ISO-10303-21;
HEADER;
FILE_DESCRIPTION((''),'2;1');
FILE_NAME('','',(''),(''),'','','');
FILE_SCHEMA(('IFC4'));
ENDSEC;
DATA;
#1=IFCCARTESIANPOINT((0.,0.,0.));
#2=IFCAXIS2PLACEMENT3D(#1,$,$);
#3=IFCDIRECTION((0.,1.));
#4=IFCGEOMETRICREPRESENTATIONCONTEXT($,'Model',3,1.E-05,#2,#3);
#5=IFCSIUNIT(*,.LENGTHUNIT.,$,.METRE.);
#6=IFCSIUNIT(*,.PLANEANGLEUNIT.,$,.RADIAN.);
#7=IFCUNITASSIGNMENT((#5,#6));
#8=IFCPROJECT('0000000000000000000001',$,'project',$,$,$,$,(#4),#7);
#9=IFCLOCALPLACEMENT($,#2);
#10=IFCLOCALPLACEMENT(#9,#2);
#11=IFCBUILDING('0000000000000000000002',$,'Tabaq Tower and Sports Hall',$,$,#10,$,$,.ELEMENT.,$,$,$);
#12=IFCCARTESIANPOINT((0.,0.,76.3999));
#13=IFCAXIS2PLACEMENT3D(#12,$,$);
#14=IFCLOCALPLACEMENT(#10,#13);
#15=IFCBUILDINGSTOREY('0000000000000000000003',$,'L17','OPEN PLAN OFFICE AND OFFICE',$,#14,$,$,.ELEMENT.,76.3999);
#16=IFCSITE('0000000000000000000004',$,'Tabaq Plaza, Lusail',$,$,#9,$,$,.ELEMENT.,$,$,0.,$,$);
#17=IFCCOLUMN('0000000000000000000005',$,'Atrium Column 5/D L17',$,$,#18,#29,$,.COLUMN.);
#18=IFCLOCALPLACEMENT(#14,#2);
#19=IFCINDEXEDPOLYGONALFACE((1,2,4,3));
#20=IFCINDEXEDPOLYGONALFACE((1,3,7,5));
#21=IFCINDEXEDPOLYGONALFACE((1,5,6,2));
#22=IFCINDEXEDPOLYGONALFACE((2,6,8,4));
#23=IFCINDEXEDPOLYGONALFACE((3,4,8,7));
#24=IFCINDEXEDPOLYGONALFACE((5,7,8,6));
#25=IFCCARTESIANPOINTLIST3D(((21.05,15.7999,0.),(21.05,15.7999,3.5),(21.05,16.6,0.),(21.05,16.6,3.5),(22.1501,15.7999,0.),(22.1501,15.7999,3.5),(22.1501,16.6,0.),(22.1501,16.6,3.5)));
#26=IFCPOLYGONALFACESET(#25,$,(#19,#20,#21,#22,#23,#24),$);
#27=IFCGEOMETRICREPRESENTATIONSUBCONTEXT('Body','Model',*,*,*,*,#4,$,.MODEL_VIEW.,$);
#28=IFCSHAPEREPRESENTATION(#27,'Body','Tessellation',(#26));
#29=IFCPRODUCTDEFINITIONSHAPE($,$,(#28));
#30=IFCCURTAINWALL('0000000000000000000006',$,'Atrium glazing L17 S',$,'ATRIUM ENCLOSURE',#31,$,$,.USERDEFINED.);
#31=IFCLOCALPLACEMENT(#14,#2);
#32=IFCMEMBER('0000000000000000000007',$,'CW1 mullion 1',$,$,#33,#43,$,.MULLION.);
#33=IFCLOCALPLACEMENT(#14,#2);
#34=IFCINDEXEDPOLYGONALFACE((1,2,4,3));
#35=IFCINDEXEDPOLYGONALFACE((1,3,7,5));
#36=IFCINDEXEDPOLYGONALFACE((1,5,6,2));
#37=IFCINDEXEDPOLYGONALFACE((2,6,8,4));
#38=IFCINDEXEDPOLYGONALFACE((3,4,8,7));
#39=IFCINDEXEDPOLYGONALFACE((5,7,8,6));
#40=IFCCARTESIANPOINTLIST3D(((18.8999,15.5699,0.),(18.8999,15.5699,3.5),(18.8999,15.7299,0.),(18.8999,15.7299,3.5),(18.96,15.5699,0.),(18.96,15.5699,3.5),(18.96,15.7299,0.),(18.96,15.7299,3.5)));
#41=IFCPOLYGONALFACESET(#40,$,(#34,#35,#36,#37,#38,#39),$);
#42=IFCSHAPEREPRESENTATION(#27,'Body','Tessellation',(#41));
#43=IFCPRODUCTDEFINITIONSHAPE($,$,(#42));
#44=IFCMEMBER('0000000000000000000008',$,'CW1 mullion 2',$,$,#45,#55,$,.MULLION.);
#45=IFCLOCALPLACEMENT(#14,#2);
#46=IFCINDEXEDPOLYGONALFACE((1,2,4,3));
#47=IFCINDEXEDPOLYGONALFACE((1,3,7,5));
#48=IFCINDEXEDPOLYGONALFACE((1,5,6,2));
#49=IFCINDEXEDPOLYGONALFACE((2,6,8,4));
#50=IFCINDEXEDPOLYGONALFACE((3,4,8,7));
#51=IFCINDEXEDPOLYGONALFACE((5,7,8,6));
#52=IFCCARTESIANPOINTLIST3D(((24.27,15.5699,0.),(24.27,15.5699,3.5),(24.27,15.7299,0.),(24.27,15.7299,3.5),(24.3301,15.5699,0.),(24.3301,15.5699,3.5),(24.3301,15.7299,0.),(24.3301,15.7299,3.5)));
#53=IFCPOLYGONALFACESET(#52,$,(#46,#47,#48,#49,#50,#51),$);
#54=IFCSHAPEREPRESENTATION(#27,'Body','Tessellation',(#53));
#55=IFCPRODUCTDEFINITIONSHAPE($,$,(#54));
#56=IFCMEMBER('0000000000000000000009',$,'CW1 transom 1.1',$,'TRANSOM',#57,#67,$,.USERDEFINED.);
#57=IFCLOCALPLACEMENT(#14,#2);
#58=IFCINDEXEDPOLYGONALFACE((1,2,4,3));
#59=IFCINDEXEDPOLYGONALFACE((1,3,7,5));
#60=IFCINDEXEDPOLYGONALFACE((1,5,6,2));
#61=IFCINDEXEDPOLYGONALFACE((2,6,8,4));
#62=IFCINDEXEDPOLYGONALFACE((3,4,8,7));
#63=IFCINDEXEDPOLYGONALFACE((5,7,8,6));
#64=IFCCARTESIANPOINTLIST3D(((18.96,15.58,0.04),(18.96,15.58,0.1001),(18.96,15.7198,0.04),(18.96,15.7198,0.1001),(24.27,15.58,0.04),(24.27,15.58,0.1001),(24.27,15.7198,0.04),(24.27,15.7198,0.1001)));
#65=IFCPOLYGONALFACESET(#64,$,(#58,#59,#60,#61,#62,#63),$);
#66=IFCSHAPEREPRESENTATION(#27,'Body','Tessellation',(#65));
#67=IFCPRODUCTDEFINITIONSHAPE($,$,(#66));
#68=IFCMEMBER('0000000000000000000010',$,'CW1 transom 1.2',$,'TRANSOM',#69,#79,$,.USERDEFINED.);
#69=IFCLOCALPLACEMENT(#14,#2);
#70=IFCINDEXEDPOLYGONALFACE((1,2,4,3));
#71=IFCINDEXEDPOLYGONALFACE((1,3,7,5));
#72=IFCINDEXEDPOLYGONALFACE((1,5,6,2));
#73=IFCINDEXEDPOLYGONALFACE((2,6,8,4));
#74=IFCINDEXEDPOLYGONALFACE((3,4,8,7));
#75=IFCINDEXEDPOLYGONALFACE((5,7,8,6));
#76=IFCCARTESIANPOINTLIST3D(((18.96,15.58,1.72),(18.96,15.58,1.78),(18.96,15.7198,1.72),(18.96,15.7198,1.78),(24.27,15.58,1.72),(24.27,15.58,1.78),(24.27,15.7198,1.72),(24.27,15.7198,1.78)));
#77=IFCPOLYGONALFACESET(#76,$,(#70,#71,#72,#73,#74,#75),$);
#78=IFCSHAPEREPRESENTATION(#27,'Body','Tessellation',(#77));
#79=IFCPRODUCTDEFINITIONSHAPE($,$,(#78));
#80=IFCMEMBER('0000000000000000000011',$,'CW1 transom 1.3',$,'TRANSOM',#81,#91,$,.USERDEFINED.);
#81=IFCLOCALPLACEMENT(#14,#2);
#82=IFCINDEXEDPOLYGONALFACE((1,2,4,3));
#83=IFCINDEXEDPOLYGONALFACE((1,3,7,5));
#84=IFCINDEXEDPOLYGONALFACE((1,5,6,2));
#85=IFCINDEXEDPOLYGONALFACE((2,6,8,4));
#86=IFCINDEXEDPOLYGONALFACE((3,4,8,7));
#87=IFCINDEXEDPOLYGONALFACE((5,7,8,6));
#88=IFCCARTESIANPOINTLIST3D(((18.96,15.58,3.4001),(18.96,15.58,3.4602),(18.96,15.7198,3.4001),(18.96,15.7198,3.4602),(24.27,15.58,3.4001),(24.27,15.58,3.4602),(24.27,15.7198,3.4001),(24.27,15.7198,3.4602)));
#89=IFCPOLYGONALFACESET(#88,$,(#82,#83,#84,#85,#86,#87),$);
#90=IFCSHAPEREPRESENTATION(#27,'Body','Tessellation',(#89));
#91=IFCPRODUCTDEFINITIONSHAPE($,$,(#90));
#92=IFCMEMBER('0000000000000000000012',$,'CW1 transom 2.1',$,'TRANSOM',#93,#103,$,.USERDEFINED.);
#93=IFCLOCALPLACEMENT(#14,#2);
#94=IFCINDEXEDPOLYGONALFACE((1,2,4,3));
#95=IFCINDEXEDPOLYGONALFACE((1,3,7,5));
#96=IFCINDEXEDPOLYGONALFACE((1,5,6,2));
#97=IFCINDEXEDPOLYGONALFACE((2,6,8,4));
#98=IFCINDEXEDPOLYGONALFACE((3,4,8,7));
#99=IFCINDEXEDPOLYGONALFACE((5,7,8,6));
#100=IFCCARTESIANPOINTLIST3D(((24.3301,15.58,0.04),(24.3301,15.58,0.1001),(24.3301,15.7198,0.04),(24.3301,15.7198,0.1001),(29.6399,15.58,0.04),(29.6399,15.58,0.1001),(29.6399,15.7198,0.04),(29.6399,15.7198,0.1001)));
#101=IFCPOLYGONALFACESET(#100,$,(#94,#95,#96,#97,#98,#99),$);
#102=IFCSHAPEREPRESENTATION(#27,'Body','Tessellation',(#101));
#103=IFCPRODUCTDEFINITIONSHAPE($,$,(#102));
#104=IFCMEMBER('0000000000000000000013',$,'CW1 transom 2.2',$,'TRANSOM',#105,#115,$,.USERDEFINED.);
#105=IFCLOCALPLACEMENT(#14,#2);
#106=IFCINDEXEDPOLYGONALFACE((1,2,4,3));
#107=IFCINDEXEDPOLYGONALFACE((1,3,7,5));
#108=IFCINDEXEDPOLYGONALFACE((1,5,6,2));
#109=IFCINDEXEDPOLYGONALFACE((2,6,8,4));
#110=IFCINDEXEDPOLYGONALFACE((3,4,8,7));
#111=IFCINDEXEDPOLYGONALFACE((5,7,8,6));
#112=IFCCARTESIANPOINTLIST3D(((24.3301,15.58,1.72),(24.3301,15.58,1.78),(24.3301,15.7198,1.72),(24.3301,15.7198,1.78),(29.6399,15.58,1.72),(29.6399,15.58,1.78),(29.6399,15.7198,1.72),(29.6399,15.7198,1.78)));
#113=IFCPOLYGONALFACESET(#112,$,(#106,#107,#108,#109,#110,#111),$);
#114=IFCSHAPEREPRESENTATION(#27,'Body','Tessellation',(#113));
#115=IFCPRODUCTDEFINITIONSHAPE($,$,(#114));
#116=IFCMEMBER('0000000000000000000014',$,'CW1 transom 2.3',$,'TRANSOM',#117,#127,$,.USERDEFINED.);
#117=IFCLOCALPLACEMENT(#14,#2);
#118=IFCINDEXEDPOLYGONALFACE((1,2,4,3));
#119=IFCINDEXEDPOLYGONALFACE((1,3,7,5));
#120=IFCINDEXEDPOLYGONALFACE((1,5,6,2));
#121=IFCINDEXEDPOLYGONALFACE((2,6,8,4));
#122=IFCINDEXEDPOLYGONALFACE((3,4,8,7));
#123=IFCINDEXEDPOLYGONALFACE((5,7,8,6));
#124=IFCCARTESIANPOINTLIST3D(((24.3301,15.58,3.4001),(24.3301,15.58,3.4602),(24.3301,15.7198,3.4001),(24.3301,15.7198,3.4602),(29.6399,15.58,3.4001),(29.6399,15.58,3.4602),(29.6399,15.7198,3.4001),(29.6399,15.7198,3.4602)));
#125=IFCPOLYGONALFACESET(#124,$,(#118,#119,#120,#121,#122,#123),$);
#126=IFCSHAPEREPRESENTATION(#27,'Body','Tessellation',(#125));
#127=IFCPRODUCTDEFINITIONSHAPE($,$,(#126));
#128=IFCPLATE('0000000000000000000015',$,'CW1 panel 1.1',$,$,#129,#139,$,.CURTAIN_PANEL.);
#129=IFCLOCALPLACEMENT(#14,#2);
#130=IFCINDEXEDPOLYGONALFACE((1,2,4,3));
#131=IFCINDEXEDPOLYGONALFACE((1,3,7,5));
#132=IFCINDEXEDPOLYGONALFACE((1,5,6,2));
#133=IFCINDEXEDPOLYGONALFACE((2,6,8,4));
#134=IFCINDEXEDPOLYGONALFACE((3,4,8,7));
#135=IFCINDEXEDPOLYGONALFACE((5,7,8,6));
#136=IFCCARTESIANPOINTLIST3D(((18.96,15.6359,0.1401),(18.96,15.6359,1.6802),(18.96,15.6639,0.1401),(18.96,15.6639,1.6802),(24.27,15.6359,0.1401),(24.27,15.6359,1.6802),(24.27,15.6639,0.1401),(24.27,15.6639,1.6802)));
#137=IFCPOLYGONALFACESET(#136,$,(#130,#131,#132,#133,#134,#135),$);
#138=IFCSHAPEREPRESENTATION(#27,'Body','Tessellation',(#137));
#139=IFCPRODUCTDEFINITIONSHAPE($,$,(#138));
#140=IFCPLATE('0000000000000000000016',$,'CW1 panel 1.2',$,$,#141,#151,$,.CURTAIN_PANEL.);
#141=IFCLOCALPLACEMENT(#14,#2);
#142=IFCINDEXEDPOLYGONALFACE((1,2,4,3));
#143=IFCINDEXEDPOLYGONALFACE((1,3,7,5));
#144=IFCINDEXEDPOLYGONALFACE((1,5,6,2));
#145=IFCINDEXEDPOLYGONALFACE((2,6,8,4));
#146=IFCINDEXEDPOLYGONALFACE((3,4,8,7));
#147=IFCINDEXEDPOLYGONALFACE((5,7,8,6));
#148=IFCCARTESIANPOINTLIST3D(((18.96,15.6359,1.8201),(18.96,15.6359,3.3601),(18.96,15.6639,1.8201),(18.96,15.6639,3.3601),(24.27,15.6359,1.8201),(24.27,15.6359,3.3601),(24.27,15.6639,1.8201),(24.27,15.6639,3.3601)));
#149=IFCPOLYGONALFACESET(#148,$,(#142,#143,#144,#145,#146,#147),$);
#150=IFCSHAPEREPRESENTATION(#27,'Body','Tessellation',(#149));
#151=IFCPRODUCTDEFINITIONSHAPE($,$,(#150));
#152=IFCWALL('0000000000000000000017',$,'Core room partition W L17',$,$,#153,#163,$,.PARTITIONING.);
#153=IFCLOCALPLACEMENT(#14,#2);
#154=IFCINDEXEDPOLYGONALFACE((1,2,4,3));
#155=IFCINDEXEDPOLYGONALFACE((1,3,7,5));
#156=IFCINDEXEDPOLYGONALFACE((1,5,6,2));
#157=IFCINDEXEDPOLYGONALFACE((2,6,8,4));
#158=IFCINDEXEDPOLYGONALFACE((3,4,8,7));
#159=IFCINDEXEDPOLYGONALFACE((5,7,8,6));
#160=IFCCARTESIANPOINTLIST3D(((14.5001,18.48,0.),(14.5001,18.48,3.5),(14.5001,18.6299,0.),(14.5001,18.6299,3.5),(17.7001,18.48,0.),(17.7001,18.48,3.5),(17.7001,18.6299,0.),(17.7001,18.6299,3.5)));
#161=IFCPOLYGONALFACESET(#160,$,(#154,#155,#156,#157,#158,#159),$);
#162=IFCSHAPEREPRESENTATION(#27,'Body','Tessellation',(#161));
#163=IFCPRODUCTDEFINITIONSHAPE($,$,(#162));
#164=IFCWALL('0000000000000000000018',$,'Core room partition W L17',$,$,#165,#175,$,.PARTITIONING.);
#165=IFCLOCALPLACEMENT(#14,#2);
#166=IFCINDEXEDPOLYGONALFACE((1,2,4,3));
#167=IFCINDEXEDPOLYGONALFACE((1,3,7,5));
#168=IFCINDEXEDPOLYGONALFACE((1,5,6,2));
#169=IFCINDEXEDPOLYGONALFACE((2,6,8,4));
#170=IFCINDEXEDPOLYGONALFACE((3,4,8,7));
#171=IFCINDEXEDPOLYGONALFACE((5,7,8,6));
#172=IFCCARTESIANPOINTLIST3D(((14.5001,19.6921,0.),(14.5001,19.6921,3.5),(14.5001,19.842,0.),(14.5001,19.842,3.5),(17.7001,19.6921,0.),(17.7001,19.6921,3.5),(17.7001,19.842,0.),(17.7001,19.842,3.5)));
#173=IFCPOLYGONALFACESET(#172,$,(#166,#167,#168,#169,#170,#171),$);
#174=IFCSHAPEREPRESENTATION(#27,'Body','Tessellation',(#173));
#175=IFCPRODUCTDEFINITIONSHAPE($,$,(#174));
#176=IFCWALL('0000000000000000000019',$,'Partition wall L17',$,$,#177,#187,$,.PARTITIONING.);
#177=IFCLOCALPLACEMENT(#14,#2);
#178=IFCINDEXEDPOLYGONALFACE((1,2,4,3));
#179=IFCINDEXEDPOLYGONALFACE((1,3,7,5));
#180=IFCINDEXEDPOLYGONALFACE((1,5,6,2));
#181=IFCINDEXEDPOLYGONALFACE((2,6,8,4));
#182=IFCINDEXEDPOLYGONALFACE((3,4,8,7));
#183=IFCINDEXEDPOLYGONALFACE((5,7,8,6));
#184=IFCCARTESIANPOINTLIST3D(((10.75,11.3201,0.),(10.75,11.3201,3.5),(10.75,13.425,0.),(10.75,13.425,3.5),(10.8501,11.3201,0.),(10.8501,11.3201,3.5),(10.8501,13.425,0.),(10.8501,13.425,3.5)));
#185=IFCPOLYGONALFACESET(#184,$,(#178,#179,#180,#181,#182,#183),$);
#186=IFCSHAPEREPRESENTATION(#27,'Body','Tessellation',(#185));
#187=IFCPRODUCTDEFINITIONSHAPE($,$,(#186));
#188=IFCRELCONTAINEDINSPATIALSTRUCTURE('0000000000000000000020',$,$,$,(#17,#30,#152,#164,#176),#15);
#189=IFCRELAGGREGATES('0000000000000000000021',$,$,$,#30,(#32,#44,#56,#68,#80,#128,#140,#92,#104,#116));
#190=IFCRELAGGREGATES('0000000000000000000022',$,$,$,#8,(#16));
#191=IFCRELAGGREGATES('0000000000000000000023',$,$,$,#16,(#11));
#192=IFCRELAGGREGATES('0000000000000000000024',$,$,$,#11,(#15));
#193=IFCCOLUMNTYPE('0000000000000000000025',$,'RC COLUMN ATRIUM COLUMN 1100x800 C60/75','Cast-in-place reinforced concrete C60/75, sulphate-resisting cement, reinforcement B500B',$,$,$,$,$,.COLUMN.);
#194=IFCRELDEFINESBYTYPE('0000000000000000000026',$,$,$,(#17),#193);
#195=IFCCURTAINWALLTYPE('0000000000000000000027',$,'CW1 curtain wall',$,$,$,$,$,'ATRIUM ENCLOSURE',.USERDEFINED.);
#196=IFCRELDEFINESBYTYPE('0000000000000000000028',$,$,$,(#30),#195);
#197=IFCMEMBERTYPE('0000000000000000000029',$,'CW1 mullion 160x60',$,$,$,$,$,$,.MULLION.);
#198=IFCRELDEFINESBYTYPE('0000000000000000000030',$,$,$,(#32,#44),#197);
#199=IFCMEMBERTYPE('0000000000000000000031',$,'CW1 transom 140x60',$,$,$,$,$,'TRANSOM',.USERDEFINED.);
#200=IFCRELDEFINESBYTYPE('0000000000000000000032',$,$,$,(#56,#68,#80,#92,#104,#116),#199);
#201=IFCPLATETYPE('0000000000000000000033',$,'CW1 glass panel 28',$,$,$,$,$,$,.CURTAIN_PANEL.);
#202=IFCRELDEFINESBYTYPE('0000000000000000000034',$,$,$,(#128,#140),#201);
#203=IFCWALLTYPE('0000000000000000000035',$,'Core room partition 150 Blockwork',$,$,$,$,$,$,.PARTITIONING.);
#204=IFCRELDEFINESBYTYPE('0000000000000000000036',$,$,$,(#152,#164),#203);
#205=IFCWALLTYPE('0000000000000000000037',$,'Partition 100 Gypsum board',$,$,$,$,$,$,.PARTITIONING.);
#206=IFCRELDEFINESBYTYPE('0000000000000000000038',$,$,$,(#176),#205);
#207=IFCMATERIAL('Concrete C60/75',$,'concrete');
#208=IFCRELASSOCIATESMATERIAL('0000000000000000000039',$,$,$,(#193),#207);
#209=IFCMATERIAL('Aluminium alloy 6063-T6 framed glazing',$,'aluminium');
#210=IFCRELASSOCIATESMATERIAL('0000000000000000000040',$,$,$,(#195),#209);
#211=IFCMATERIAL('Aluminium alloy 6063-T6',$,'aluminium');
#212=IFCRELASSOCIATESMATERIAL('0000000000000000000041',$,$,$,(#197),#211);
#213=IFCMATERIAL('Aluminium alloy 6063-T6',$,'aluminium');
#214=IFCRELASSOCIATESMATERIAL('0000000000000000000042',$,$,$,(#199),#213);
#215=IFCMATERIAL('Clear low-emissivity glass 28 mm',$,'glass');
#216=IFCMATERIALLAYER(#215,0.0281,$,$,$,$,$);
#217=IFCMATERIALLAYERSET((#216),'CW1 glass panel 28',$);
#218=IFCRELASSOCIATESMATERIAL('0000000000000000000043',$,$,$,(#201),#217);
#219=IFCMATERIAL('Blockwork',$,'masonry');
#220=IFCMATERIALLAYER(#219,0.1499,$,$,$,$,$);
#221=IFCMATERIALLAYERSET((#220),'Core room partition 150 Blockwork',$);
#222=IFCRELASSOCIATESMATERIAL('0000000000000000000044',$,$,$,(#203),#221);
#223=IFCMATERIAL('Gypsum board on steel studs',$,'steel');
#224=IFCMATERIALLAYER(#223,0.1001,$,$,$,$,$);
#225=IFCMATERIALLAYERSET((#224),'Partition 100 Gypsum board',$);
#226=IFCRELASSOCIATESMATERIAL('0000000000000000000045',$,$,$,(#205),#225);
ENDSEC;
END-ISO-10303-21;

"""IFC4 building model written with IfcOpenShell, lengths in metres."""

from ifc_helpers import new_model, si_unit, direction, frame, frame_2d, origin, origin_2d, place, context, subcontext, project, spatial, rectangle, extrude, material, layer, layer_set, material_profile, profile_set, type_object, element, aggregate, save


model = new_model("IFC4")

# Units and contexts
model_context = context("Model", 3, precision=1e-05, world=origin(), true_north=direction((0.0, 1.0)))
body_context = subcontext(model_context, "Body", "Model", "MODEL_VIEW")
ifc_project = project(units=[si_unit("LENGTHUNIT", "METRE"), si_unit("PLANEANGLEUNIT", "RADIAN")], contexts=[model_context])

# Site, building, storey
site_placement = place(None, origin())
site = spatial("IfcSite", under=ifc_project, at=site_placement, Name="Tabaq Plaza, Lusail", CompositionType="ELEMENT", RefElevation=0.0)
building_placement = place(site_placement, origin())
building = spatial("IfcBuilding", under=site, at=building_placement, Name="Tabaq Tower and Sports Hall", CompositionType="ELEMENT")
storey_placement = place(building_placement, frame((0.0, 0.0, 76.3999)))
storey = spatial("IfcBuildingStorey", under=building, at=storey_placement, Name="L17", Description="OPEN PLAN OFFICE AND OFFICE", CompositionType="ELEMENT", Elevation=76.3999)

# Column
ifc_material_1 = material(Name="Concrete C60/75", Category="concrete")
ifc_material_profile_1 = material_profile(ifc_material_1, rectangle(XDim=1.1001, YDim=0.8, at=origin_2d()), Name="ATRIUM COLUMN 1100x800")
ifc_profile_set_1 = profile_set([ifc_material_profile_1], Name="Concrete C60/75")
column_type = type_object("IfcColumnType", Name="RC COLUMN ATRIUM COLUMN 1100x800 C60/75", Description="Cast-in-place reinforced concrete C60/75, sulphate-resisting cement, reinforcement B500B", PredefinedType="COLUMN", material=ifc_profile_set_1)
column_placement = place(storey_placement, frame((21.6001, 16.2, 0.0), z_axis=(0.0, 0.0, 1.0), x_axis=(1.0, 0.0, 0.0)))
element("IfcColumn", 1, at=column_placement, inside=storey, type_object=column_type, Name="Atrium Column 5/D L17", PredefinedType="COLUMN", context=body_context, shape_type="SweptSolid", body=[
    extrude(rectangle(XDim=1.1001, YDim=0.8, at=origin_2d()), origin(), (0.0, 0.0, 1.0), 3.5),
])

# Curtain wall, members, plates
ifc_material_2 = material(Name="Aluminium alloy 6063-T6 framed glazing", Category="aluminium")
curtain_wall_type = type_object("IfcCurtainWallType", Name="CW1 curtain wall", ElementType="ATRIUM ENCLOSURE", PredefinedType="USERDEFINED", material=ifc_material_2)
curtain_wall_placement = place(storey_placement, origin())
curtain_wall = element("IfcCurtainWall", 2, at=curtain_wall_placement, inside=storey, type_object=curtain_wall_type, Name="Atrium glazing L17 S", ObjectType="ATRIUM ENCLOSURE", PredefinedType="USERDEFINED")
ifc_material_3 = material(Name="Aluminium alloy 6063-T6", Category="aluminium")
ifc_material_profile_2 = material_profile(ifc_material_3, rectangle(XDim=0.1599, YDim=0.0601, at=origin_2d()), Name="MULLION 160x60")
ifc_profile_set_2 = profile_set([ifc_material_profile_2], Name="Aluminium alloy 6063-T6")
member_type_1 = type_object("IfcMemberType", Name="CW1 mullion 160x60", PredefinedType="MULLION", material=ifc_profile_set_2)
member_1_placement = place(storey_placement, frame((18.9299, 15.6499, 0.0), z_axis=(0.0, 0.0, 1.0), x_axis=(0.0, 1.0, 0.0)))
member_1 = element("IfcMember", 3, at=member_1_placement, type_object=member_type_1, Name="CW1 mullion 1", PredefinedType="MULLION", context=body_context, shape_type="SweptSolid", body=[
    extrude(rectangle(XDim=0.1599, YDim=0.0601, at=origin_2d()), origin(), (0.0, 0.0, 1.0), 3.5),
])
member_2_placement = place(storey_placement, frame((24.3, 15.6499, 0.0), z_axis=(0.0, 0.0, 1.0), x_axis=(0.0, 1.0, 0.0)))
member_2 = element("IfcMember", 4, at=member_2_placement, type_object=member_type_1, Name="CW1 mullion 2", PredefinedType="MULLION", context=body_context, shape_type="SweptSolid", body=[
    extrude(rectangle(XDim=0.1599, YDim=0.0601, at=origin_2d()), origin(), (0.0, 0.0, 1.0), 3.5),
])
ifc_material_4 = material(Name="Aluminium alloy 6063-T6", Category="aluminium")
ifc_material_profile_3 = material_profile(ifc_material_4, rectangle(XDim=0.1399, YDim=0.0601, at=origin_2d()), Name="TRANSOM 140x60")
ifc_profile_set_3 = profile_set([ifc_material_profile_3], Name="Aluminium alloy 6063-T6")
member_type_2 = type_object("IfcMemberType", Name="CW1 transom 140x60", ElementType="TRANSOM", PredefinedType="USERDEFINED", material=ifc_profile_set_3)
member_3_placement = place(storey_placement, frame((18.96, 15.6499, 0.0701), z_axis=(1.0, 0.0, 0.0), x_axis=(0.0, 1.0, 0.0)))
member_3 = element("IfcMember", 5, at=member_3_placement, type_object=member_type_2, Name="CW1 transom 1.1", ObjectType="TRANSOM", PredefinedType="USERDEFINED", context=body_context, shape_type="SweptSolid", body=[
    extrude(rectangle(XDim=0.1399, YDim=0.0601, at=origin_2d()), origin(), (0.0, 0.0, 1.0), 5.3101),
])
member_4_placement = place(storey_placement, frame((18.96, 15.6499, 1.75), z_axis=(1.0, 0.0, 0.0), x_axis=(0.0, 1.0, 0.0)))
member_4 = element("IfcMember", 6, at=member_4_placement, type_object=member_type_2, Name="CW1 transom 1.2", ObjectType="TRANSOM", PredefinedType="USERDEFINED", context=body_context, shape_type="SweptSolid", body=[
    extrude(rectangle(XDim=0.1399, YDim=0.0601, at=origin_2d()), origin(), (0.0, 0.0, 1.0), 5.3101),
])
member_5_placement = place(storey_placement, frame((18.96, 15.6499, 3.4302), z_axis=(1.0, 0.0, 0.0), x_axis=(0.0, 1.0, 0.0)))
member_5 = element("IfcMember", 7, at=member_5_placement, type_object=member_type_2, Name="CW1 transom 1.3", ObjectType="TRANSOM", PredefinedType="USERDEFINED", context=body_context, shape_type="SweptSolid", body=[
    extrude(rectangle(XDim=0.1399, YDim=0.0601, at=origin_2d()), origin(), (0.0, 0.0, 1.0), 5.3101),
])
member_6_placement = place(storey_placement, frame((24.3301, 15.6499, 0.0701), z_axis=(1.0, 0.0, 0.0), x_axis=(0.0, 1.0, 0.0)))
member_6 = element("IfcMember", 8, at=member_6_placement, type_object=member_type_2, Name="CW1 transom 2.1", ObjectType="TRANSOM", PredefinedType="USERDEFINED", context=body_context, shape_type="SweptSolid", body=[
    extrude(rectangle(XDim=0.1399, YDim=0.0601, at=origin_2d()), origin(), (0.0, 0.0, 1.0), 5.3098),
])
member_7_placement = place(storey_placement, frame((24.3301, 15.6499, 1.75), z_axis=(1.0, 0.0, 0.0), x_axis=(0.0, 1.0, 0.0)))
member_7 = element("IfcMember", 9, at=member_7_placement, type_object=member_type_2, Name="CW1 transom 2.2", ObjectType="TRANSOM", PredefinedType="USERDEFINED", context=body_context, shape_type="SweptSolid", body=[
    extrude(rectangle(XDim=0.1399, YDim=0.0601, at=origin_2d()), origin(), (0.0, 0.0, 1.0), 5.3098),
])
member_8_placement = place(storey_placement, frame((24.3301, 15.6499, 3.4302), z_axis=(1.0, 0.0, 0.0), x_axis=(0.0, 1.0, 0.0)))
member_8 = element("IfcMember", 10, at=member_8_placement, type_object=member_type_2, Name="CW1 transom 2.3", ObjectType="TRANSOM", PredefinedType="USERDEFINED", context=body_context, shape_type="SweptSolid", body=[
    extrude(rectangle(XDim=0.1399, YDim=0.0601, at=origin_2d()), origin(), (0.0, 0.0, 1.0), 5.3098),
])
ifc_material_5 = material(Name="Clear low-emissivity glass 28 mm", Category="glass")
ifc_layer_1 = layer(ifc_material_5, 0.0281)
ifc_layer_set_1 = layer_set([ifc_layer_1], Name="CW1 glass panel 28")
plate_type = type_object("IfcPlateType", Name="CW1 glass panel 28", PredefinedType="CURTAIN_PANEL", material=ifc_layer_set_1)
plate_1_placement = place(storey_placement, frame((21.615, 15.6499, 0.1401), z_axis=(0.0, 0.0, 1.0), x_axis=(1.0, 0.0, 0.0)))
plate_1 = element("IfcPlate", 11, at=plate_1_placement, type_object=plate_type, Name="CW1 panel 1.1", PredefinedType="CURTAIN_PANEL", context=body_context, shape_type="SweptSolid", body=[
    extrude(rectangle(XDim=5.3101, YDim=0.0281, at=origin_2d()), origin(), (0.0, 0.0, 1.0), 1.54),
])
plate_2_placement = place(storey_placement, frame((21.615, 15.6499, 1.8201), z_axis=(0.0, 0.0, 1.0), x_axis=(1.0, 0.0, 0.0)))
plate_2 = element("IfcPlate", 12, at=plate_2_placement, type_object=plate_type, Name="CW1 panel 1.2", PredefinedType="CURTAIN_PANEL", context=body_context, shape_type="SweptSolid", body=[
    extrude(rectangle(XDim=5.3101, YDim=0.0281, at=origin_2d()), origin(), (0.0, 0.0, 1.0), 1.54),
])
aggregate(curtain_wall, [member_1, member_2, member_3, member_4, member_5, plate_1, plate_2, member_6, member_7, member_8])

# Walls
ifc_material_6 = material(Name="Blockwork", Category="masonry")
ifc_layer_2 = layer(ifc_material_6, 0.1499)
ifc_layer_set_2 = layer_set([ifc_layer_2], Name="Core room partition 150 Blockwork")
wall_type_1 = type_object("IfcWallType", Name="Core room partition 150 Blockwork", PredefinedType="PARTITIONING", material=ifc_layer_set_2)
for number, where, z_axis, x_axis, name in (
    (13, (14.5, 18.5549, 0.0), (0.0, 0.0, 1.0), (1.0, 0.0, 0.0), "Core room partition W L17"),
    (14, (14.5, 19.7671, 0.0), (0.0, 0.0, 1.0), (1.0, 0.0, 0.0), "Core room partition W L17"),
):
    element("IfcWall", number, at=place(storey_placement, frame(where, z_axis=z_axis, x_axis=x_axis)), inside=storey, type_object=wall_type_1, Name=name, PredefinedType="PARTITIONING", context=body_context, shape_type="SweptSolid", body=[
        extrude(rectangle(XDim=3.2, YDim=0.1499, at=frame_2d((1.6001, 0.0))), origin(), (0.0, 0.0, 1.0), 3.5),
    ])

# Wall
ifc_material_7 = material(Name="Gypsum board on steel studs", Category="steel")
ifc_layer_3 = layer(ifc_material_7, 0.1001)
ifc_layer_set_3 = layer_set([ifc_layer_3], Name="Partition 100 Gypsum board")
wall_type_2 = type_object("IfcWallType", Name="Partition 100 Gypsum board", PredefinedType="PARTITIONING", material=ifc_layer_set_3)
for number, where, z_axis, x_axis, name in (
    (15, (10.8, 11.3201, 0.0), (0.0, 0.0, 1.0), (0.0, 1.0, 0.0), "Partition wall L17"),
):
    element("IfcWall", number, at=place(storey_placement, frame(where, z_axis=z_axis, x_axis=x_axis)), inside=storey, type_object=wall_type_2, Name=name, PredefinedType="PARTITIONING", context=body_context, shape_type="SweptSolid", body=[
        extrude(rectangle(XDim=2.105, YDim=0.1001, at=frame_2d((1.0525, 0.0))), origin(), (0.0, 0.0, 1.0), 3.5),
    ])

save(model, "model.ifc")
